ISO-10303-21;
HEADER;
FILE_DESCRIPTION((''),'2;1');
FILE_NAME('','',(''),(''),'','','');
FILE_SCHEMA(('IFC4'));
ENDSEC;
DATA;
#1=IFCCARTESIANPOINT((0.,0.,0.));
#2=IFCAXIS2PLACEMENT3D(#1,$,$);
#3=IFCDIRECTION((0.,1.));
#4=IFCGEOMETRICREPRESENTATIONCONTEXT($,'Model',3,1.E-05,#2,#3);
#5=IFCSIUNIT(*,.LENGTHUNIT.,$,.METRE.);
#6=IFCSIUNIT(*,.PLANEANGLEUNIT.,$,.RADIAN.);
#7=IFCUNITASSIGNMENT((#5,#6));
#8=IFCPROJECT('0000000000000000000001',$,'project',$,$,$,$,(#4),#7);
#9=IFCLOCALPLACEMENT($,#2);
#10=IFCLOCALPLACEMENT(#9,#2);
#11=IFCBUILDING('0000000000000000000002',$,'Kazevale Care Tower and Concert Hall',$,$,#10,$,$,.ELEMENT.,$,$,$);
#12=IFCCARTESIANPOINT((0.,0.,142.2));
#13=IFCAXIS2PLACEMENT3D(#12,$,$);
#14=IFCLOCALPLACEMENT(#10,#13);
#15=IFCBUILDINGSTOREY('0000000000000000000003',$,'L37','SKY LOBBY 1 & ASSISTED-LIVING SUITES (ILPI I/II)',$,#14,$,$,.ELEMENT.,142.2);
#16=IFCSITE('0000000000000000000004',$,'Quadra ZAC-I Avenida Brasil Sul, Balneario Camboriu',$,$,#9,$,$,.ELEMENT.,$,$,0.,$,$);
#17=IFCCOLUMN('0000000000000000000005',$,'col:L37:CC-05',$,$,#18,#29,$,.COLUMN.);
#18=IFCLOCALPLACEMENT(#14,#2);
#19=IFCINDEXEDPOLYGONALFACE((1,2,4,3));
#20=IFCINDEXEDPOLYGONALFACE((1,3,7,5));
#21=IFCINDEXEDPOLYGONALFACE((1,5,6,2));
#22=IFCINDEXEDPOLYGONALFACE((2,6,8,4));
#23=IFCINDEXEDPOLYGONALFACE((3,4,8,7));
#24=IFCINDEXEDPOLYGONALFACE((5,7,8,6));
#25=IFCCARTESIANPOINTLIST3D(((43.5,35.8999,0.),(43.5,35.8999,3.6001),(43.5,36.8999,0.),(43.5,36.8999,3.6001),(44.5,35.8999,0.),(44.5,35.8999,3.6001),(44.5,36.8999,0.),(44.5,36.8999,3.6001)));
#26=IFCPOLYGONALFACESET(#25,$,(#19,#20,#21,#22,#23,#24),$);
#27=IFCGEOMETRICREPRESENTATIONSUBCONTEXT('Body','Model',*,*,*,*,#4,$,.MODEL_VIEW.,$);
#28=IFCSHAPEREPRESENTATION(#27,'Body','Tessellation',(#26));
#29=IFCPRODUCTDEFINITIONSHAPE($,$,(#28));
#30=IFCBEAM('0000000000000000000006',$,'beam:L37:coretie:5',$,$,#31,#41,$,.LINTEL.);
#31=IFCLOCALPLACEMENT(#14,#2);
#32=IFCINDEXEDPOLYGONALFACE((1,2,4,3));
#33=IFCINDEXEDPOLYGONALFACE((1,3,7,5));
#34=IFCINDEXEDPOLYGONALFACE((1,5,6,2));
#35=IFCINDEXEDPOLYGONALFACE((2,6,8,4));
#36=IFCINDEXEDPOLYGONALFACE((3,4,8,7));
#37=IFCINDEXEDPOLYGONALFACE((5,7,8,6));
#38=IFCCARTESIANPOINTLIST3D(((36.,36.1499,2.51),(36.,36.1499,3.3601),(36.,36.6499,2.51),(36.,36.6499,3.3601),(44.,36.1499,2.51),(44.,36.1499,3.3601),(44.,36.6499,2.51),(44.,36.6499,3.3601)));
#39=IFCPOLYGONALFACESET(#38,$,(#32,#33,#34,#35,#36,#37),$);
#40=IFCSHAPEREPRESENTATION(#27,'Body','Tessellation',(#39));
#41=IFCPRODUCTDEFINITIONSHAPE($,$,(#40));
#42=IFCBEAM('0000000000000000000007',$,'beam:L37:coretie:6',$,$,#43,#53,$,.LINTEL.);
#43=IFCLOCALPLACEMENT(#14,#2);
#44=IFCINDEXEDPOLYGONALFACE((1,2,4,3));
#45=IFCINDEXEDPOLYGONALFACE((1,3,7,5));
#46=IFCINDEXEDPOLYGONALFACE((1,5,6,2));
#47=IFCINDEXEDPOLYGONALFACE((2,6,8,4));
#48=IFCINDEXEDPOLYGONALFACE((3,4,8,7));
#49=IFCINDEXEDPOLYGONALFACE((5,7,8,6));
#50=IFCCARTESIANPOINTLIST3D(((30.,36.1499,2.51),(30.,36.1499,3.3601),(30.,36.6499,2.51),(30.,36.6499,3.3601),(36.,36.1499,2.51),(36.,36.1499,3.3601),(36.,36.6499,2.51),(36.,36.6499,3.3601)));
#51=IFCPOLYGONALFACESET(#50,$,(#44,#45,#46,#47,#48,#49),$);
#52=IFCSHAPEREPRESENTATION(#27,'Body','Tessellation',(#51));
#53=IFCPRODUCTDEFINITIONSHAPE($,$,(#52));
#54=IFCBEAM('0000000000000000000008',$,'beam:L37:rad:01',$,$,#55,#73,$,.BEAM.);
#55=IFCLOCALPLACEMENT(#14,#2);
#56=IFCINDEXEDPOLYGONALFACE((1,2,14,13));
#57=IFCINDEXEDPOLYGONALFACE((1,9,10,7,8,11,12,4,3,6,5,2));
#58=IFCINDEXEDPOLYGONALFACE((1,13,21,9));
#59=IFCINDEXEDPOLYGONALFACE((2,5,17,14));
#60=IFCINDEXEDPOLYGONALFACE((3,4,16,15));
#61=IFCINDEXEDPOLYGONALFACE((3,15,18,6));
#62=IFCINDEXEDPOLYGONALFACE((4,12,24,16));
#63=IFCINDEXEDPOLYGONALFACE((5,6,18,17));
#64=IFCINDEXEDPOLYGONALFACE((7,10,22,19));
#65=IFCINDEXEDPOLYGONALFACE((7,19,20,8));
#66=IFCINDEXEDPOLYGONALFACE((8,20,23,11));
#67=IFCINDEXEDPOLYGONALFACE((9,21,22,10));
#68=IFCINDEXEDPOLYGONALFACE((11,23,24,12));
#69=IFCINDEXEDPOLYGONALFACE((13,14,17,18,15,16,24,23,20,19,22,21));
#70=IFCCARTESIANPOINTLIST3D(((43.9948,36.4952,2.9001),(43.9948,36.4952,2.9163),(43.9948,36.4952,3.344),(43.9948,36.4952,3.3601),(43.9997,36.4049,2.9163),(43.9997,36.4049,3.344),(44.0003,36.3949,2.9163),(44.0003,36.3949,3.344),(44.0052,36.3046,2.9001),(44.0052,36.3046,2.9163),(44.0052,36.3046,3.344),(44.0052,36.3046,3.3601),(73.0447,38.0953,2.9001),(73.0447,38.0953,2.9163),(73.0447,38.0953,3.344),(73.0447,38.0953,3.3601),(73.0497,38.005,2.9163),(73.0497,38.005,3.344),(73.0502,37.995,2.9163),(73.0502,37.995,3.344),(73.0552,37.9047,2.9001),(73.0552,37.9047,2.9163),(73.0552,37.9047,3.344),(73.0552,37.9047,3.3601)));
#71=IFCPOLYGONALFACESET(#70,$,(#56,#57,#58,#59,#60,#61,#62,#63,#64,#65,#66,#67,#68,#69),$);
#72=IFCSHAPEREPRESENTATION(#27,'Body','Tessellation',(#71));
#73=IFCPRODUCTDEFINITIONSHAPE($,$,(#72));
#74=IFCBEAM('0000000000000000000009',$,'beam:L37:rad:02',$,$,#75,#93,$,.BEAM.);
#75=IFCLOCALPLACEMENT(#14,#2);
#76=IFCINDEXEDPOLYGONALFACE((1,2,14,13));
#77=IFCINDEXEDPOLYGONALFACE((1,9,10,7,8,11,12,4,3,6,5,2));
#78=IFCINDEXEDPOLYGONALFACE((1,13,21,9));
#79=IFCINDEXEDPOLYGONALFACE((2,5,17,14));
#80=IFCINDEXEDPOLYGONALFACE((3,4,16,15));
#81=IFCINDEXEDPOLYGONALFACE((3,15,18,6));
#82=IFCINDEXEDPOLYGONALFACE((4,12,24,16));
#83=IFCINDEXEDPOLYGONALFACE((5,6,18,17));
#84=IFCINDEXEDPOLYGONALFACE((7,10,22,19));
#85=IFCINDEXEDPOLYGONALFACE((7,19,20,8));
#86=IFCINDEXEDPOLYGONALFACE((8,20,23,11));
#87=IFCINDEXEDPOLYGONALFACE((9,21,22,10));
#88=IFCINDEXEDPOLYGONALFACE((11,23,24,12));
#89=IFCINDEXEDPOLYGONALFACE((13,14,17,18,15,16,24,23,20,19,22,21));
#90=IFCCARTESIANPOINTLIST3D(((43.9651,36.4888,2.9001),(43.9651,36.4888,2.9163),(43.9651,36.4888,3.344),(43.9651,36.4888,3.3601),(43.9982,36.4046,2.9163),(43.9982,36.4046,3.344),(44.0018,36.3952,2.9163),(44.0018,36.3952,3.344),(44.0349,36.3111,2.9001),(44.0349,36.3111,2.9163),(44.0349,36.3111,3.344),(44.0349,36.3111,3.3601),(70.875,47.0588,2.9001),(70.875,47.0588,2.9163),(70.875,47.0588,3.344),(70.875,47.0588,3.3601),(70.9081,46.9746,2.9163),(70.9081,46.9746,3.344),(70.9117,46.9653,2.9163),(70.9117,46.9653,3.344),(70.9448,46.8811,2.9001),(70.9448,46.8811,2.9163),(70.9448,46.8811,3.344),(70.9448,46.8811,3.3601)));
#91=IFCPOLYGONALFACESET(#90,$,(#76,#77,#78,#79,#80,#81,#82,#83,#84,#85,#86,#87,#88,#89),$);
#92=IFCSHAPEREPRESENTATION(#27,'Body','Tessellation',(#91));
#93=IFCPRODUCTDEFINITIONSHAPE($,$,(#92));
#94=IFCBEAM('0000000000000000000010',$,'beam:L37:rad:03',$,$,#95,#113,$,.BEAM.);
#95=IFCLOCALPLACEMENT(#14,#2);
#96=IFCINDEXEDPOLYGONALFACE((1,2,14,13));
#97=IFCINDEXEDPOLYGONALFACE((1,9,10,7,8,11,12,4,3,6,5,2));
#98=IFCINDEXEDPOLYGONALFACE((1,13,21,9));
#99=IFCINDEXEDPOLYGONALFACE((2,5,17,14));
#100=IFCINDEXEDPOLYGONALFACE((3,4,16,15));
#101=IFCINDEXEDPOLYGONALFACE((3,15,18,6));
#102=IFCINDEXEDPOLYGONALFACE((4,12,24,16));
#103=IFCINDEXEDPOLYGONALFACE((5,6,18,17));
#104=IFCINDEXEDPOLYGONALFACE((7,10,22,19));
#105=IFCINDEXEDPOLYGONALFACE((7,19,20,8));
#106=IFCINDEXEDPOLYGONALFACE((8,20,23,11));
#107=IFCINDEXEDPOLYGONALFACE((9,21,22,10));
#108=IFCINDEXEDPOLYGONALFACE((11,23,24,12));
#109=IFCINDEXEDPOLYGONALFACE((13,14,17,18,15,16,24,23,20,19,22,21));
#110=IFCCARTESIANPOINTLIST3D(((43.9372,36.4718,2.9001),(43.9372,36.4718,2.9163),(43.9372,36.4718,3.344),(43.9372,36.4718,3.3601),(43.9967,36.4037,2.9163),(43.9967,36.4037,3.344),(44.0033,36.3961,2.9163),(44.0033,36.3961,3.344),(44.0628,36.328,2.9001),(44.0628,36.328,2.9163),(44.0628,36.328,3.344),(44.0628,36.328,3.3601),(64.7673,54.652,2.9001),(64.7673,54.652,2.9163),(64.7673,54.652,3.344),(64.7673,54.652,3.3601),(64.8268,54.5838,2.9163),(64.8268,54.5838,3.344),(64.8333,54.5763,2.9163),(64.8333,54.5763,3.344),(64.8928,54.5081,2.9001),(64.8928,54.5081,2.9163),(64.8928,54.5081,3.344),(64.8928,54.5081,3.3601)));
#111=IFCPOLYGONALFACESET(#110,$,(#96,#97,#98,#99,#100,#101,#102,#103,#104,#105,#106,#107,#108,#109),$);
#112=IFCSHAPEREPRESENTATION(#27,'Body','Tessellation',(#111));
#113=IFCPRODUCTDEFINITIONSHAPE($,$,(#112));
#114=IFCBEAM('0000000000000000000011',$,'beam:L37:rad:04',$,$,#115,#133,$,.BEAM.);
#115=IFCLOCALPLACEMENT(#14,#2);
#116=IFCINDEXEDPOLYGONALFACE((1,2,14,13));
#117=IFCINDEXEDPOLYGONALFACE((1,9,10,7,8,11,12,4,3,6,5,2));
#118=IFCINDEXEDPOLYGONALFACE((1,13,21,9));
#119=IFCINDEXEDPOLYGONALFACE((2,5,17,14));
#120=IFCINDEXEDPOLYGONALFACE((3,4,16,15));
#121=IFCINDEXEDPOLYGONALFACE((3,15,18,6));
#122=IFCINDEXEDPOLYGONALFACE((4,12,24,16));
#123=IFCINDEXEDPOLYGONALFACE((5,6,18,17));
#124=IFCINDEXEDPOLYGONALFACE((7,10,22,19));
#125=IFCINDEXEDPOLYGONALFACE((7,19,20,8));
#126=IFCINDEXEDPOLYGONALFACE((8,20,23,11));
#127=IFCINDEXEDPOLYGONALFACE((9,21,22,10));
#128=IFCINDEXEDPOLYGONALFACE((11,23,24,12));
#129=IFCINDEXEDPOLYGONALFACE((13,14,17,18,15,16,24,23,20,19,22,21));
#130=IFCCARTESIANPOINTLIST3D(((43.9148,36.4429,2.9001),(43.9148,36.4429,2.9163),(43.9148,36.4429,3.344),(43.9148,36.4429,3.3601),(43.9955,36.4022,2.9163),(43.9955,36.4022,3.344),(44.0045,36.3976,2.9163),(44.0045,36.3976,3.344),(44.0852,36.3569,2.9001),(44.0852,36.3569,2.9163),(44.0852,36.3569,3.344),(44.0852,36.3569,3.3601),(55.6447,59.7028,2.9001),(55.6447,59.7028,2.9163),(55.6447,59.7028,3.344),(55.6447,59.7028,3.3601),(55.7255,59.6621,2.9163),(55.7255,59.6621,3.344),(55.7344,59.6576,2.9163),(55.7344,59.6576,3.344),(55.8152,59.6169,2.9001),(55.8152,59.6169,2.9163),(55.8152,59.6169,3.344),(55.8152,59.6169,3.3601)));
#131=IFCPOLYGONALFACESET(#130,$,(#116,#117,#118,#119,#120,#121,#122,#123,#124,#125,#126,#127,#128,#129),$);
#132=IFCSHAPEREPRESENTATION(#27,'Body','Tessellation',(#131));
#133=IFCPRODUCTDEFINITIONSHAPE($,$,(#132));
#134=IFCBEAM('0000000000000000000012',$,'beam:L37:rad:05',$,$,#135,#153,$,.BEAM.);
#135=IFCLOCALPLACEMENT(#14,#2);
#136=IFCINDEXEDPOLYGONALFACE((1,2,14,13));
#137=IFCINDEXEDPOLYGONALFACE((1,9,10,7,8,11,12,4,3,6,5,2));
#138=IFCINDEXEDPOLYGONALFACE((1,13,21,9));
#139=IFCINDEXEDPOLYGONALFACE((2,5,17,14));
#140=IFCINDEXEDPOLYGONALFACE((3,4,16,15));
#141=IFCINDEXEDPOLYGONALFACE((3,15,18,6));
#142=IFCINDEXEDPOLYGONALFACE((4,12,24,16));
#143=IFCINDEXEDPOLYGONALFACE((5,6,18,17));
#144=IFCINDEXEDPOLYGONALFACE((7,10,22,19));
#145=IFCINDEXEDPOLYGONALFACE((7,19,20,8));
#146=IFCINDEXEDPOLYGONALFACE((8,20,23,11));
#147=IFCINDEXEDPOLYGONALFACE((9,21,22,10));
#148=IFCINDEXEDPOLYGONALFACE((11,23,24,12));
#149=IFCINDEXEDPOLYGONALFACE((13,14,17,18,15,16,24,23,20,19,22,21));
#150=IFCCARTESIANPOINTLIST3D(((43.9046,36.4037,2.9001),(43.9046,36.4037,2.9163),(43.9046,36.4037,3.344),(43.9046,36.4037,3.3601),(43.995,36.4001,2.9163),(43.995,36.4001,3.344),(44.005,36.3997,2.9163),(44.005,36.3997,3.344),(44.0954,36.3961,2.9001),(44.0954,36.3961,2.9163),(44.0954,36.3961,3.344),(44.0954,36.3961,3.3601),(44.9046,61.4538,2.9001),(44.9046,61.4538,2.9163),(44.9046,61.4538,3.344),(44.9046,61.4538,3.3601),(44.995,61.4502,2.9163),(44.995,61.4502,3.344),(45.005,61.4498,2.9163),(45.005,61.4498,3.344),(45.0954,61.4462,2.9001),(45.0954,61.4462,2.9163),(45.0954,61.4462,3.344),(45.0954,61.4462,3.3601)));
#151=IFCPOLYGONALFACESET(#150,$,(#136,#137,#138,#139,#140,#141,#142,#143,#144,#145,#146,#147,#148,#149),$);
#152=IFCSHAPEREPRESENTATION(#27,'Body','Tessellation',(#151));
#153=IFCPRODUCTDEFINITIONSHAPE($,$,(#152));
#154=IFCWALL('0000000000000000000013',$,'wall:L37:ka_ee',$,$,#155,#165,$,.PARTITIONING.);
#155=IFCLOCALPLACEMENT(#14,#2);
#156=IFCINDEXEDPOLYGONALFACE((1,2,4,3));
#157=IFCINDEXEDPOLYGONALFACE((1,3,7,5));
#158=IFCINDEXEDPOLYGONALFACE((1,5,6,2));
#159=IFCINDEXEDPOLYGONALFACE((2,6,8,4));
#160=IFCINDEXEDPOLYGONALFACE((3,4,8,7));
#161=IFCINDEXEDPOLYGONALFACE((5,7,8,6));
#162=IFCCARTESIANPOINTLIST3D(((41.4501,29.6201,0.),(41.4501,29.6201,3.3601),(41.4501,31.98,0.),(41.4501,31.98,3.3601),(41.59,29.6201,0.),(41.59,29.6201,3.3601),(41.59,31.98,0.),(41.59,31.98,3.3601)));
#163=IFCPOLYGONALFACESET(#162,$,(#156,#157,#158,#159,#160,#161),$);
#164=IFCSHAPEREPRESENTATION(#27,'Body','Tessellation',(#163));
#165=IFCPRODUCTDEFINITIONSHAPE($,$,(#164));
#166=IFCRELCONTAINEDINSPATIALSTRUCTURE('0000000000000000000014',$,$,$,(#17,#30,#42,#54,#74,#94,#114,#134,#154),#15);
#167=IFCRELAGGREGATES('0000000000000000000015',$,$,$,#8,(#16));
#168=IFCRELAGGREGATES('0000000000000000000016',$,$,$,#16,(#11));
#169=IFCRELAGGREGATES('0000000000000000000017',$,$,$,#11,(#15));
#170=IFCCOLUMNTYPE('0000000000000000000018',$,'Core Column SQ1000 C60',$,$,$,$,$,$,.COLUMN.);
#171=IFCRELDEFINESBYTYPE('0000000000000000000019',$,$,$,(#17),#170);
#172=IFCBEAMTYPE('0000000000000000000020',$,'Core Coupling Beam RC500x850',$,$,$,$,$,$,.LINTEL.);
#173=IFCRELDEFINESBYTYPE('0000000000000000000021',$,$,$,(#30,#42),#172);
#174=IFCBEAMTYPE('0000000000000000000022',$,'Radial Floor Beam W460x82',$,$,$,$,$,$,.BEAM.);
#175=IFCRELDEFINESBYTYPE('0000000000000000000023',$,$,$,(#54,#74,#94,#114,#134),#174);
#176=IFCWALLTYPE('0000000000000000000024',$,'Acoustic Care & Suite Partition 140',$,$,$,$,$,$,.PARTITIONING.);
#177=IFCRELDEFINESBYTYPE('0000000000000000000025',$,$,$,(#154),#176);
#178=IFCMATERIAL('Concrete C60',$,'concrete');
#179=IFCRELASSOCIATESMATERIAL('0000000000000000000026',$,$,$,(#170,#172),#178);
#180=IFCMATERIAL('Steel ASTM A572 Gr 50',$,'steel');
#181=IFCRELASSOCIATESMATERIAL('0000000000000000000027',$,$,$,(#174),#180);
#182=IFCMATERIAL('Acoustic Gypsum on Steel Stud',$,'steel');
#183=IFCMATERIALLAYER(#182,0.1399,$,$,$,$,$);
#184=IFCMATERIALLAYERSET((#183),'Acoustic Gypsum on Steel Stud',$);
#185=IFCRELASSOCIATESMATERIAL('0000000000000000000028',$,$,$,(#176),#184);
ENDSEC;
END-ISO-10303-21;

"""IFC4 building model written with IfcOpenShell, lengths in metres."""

from ifc_helpers import new_model, si_unit, direction, frame, frame_2d, origin, origin_2d, place, context, subcontext, project, spatial, rectangle, i_section, extrude, material, layer, layer_set, material_profile, profile_set, type_object, element, save


model = new_model("IFC4")

# Units and contexts
model_context = context("Model", 3, precision=1e-05, world=origin(), true_north=direction((0.0, 1.0)))
body_context = subcontext(model_context, "Body", "Model", "MODEL_VIEW")
ifc_project = project(units=[si_unit("LENGTHUNIT", "METRE"), si_unit("PLANEANGLEUNIT", "RADIAN")], contexts=[model_context])

# Site, building, storey
site_placement = place(None, origin())
site = spatial("IfcSite", under=ifc_project, at=site_placement, Name="Quadra ZAC-I Avenida Brasil Sul, Balneario Camboriu", CompositionType="ELEMENT", RefElevation=0.0)
building_placement = place(site_placement, origin())
building = spatial("IfcBuilding", under=site, at=building_placement, Name="Kazevale Care Tower and Concert Hall", CompositionType="ELEMENT")
storey_placement = place(building_placement, frame((0.0, 0.0, 142.2)))
storey = spatial("IfcBuildingStorey", under=building, at=storey_placement, Name="L37", Description="SKY LOBBY 1 & ASSISTED-LIVING SUITES (ILPI I/II)", CompositionType="ELEMENT", Elevation=142.2)

# Column
ifc_material_1 = material(Name="Concrete C60", Category="concrete")
ifc_material_profile_1 = material_profile(ifc_material_1, rectangle(XDim=1.0, YDim=1.0, at=origin_2d()), Name="RC-SQ1000")
ifc_profile_set_1 = profile_set([ifc_material_profile_1], Name="Concrete C60")
column_type = type_object("IfcColumnType", Name="Core Column SQ1000 C60", PredefinedType="COLUMN", material=ifc_profile_set_1)
column_placement = place(storey_placement, frame((44.0, 36.3999, 0.0), z_axis=(0.0, 0.0, 1.0), x_axis=(1.0, 0.0, 0.0)))
element("IfcColumn", 1, at=column_placement, inside=storey, type_object=column_type, Name="col:L37:CC-05", PredefinedType="COLUMN", context=body_context, shape_type="SweptSolid", body=[
    extrude(rectangle(XDim=1.0, YDim=1.0, at=origin_2d()), origin(), (0.0, 0.0, 1.0), 3.6001),
])

# Beams
ifc_material_profile_2 = material_profile(ifc_material_1, rectangle(XDim=0.5, YDim=0.8501, at=origin_2d()), Name="RC-B500x850")
ifc_profile_set_2 = profile_set([ifc_material_profile_2], Name="Concrete C60")
beam_type_1 = type_object("IfcBeamType", Name="Core Coupling Beam RC500x850", PredefinedType="LINTEL", material=ifc_profile_set_2)
beam_1_placement = place(storey_placement, frame((44.0, 36.3999, 2.9351), z_axis=(-1.0, 0.0, 0.0), x_axis=(0.0, -1.0, 0.0)))
element("IfcBeam", 2, at=beam_1_placement, inside=storey, type_object=beam_type_1, Name="beam:L37:coretie:5", PredefinedType="LINTEL", context=body_context, shape_type="SweptSolid", body=[
    extrude(rectangle(XDim=0.5, YDim=0.8501, at=origin_2d()), origin(), (0.0, 0.0, 1.0), 8.0),
])
beam_2_placement = place(storey_placement, frame((36.0, 36.3999, 2.9351), z_axis=(-1.0, 0.0, 0.0), x_axis=(0.0, -1.0, 0.0)))
element("IfcBeam", 3, at=beam_2_placement, inside=storey, type_object=beam_type_1, Name="beam:L37:coretie:6", PredefinedType="LINTEL", context=body_context, shape_type="SweptSolid", body=[
    extrude(rectangle(XDim=0.5, YDim=0.8501, at=origin_2d()), origin(), (0.0, 0.0, 1.0), 6.0),
])
ifc_material_2 = material(Name="Steel ASTM A572 Gr 50", Category="steel")
ifc_material_profile_3 = material_profile(ifc_material_2, i_section(OverallWidth=0.1909, OverallDepth=0.46, WebThickness=0.01, FlangeThickness=0.0161, at=origin_2d()), Name="W460x82")
ifc_profile_set_3 = profile_set([ifc_material_profile_3], Name="Steel ASTM A572 Gr 50")
beam_type_2 = type_object("IfcBeamType", Name="Radial Floor Beam W460x82", PredefinedType="BEAM", material=ifc_profile_set_3)
beam_3_placement = place(storey_placement, frame((44.0, 36.3999, 3.1301), z_axis=(0.998487, 0.054997, 0.0), x_axis=(-0.054997, 0.998487, 0.0)))
element("IfcBeam", 4, at=beam_3_placement, inside=storey, type_object=beam_type_2, Name="beam:L37:rad:01", PredefinedType="BEAM", context=body_context, shape_type="SweptSolid", body=[
    extrude(i_section(OverallWidth=0.1909, OverallDepth=0.46, WebThickness=0.01, FlangeThickness=0.0161, at=origin_2d()), origin(), (0.0, 0.0, 1.0), 29.094),
])
beam_4_placement = place(storey_placement, frame((44.0, 36.3999, 3.1301), z_axis=(0.930771, 0.365602, 0.0), x_axis=(-0.365602, 0.930771, 0.0)))
element("IfcBeam", 5, at=beam_4_placement, inside=storey, type_object=beam_type_2, Name="beam:L37:rad:02", PredefinedType="BEAM", context=body_context, shape_type="SweptSolid", body=[
    extrude(i_section(OverallWidth=0.1909, OverallDepth=0.46, WebThickness=0.01, FlangeThickness=0.0161, at=origin_2d()), origin(), (0.0, 0.0, 1.0), 28.9114),
])
beam_5_placement = place(storey_placement, frame((44.0, 36.3999, 3.1301), z_axis=(0.753403, 0.657559, 0.0), x_axis=(-0.657559, 0.753403, 0.0)))
element("IfcBeam", 6, at=beam_5_placement, inside=storey, type_object=beam_type_2, Name="beam:L37:rad:03", PredefinedType="BEAM", context=body_context, shape_type="SweptSolid", body=[
    extrude(i_section(OverallWidth=0.1909, OverallDepth=0.46, WebThickness=0.01, FlangeThickness=0.0161, at=origin_2d()), origin(), (0.0, 0.0, 1.0), 27.6479),
])
beam_6_placement = place(storey_placement, frame((44.0, 36.3999, 3.1301), z_axis=(0.450281, 0.892887, 0.0), x_axis=(-0.892887, 0.450281, 0.0)))
element("IfcBeam", 7, at=beam_6_placement, inside=storey, type_object=beam_type_2, Name="beam:L37:rad:04", PredefinedType="BEAM", context=body_context, shape_type="SweptSolid", body=[
    extrude(i_section(OverallWidth=0.1909, OverallDepth=0.46, WebThickness=0.01, FlangeThickness=0.0161, at=origin_2d()), origin(), (0.0, 0.0, 1.0), 26.0503),
])
beam_7_placement = place(storey_placement, frame((44.0, 36.3999, 3.1301), z_axis=(0.039888, 0.999204, 0.0), x_axis=(-0.999204, 0.039888, 0.0)))
element("IfcBeam", 8, at=beam_7_placement, inside=storey, type_object=beam_type_2, Name="beam:L37:rad:05", PredefinedType="BEAM", context=body_context, shape_type="SweptSolid", body=[
    extrude(i_section(OverallWidth=0.1909, OverallDepth=0.46, WebThickness=0.01, FlangeThickness=0.0161, at=origin_2d()), origin(), (0.0, 0.0, 1.0), 25.0701),
])

# Wall
ifc_material_3 = material(Name="Acoustic Gypsum on Steel Stud", Category="steel")
ifc_layer_1 = layer(ifc_material_3, 0.1399)
ifc_layer_set_1 = layer_set([ifc_layer_1], Name="Acoustic Gypsum on Steel Stud")
wall_type_1 = type_object("IfcWallType", Name="Acoustic Care & Suite Partition 140", PredefinedType="PARTITIONING", material=ifc_layer_set_1)
wall_1_placement = place(storey_placement, frame((41.52, 29.6201, 0.0), z_axis=(0.0, 0.0, 1.0), x_axis=(0.0, 1.0, 0.0)))
element("IfcWall", 9, at=wall_1_placement, inside=storey, type_object=wall_type_1, Name="wall:L37:ka_ee", PredefinedType="PARTITIONING", context=body_context, shape_type="SweptSolid", body=[
    extrude(rectangle(XDim=2.3599, YDim=0.1399, at=frame_2d((1.1799, 0.0))), origin(), (0.0, 0.0, 1.0), 3.3601),
])

save(model, "model.ifc")
